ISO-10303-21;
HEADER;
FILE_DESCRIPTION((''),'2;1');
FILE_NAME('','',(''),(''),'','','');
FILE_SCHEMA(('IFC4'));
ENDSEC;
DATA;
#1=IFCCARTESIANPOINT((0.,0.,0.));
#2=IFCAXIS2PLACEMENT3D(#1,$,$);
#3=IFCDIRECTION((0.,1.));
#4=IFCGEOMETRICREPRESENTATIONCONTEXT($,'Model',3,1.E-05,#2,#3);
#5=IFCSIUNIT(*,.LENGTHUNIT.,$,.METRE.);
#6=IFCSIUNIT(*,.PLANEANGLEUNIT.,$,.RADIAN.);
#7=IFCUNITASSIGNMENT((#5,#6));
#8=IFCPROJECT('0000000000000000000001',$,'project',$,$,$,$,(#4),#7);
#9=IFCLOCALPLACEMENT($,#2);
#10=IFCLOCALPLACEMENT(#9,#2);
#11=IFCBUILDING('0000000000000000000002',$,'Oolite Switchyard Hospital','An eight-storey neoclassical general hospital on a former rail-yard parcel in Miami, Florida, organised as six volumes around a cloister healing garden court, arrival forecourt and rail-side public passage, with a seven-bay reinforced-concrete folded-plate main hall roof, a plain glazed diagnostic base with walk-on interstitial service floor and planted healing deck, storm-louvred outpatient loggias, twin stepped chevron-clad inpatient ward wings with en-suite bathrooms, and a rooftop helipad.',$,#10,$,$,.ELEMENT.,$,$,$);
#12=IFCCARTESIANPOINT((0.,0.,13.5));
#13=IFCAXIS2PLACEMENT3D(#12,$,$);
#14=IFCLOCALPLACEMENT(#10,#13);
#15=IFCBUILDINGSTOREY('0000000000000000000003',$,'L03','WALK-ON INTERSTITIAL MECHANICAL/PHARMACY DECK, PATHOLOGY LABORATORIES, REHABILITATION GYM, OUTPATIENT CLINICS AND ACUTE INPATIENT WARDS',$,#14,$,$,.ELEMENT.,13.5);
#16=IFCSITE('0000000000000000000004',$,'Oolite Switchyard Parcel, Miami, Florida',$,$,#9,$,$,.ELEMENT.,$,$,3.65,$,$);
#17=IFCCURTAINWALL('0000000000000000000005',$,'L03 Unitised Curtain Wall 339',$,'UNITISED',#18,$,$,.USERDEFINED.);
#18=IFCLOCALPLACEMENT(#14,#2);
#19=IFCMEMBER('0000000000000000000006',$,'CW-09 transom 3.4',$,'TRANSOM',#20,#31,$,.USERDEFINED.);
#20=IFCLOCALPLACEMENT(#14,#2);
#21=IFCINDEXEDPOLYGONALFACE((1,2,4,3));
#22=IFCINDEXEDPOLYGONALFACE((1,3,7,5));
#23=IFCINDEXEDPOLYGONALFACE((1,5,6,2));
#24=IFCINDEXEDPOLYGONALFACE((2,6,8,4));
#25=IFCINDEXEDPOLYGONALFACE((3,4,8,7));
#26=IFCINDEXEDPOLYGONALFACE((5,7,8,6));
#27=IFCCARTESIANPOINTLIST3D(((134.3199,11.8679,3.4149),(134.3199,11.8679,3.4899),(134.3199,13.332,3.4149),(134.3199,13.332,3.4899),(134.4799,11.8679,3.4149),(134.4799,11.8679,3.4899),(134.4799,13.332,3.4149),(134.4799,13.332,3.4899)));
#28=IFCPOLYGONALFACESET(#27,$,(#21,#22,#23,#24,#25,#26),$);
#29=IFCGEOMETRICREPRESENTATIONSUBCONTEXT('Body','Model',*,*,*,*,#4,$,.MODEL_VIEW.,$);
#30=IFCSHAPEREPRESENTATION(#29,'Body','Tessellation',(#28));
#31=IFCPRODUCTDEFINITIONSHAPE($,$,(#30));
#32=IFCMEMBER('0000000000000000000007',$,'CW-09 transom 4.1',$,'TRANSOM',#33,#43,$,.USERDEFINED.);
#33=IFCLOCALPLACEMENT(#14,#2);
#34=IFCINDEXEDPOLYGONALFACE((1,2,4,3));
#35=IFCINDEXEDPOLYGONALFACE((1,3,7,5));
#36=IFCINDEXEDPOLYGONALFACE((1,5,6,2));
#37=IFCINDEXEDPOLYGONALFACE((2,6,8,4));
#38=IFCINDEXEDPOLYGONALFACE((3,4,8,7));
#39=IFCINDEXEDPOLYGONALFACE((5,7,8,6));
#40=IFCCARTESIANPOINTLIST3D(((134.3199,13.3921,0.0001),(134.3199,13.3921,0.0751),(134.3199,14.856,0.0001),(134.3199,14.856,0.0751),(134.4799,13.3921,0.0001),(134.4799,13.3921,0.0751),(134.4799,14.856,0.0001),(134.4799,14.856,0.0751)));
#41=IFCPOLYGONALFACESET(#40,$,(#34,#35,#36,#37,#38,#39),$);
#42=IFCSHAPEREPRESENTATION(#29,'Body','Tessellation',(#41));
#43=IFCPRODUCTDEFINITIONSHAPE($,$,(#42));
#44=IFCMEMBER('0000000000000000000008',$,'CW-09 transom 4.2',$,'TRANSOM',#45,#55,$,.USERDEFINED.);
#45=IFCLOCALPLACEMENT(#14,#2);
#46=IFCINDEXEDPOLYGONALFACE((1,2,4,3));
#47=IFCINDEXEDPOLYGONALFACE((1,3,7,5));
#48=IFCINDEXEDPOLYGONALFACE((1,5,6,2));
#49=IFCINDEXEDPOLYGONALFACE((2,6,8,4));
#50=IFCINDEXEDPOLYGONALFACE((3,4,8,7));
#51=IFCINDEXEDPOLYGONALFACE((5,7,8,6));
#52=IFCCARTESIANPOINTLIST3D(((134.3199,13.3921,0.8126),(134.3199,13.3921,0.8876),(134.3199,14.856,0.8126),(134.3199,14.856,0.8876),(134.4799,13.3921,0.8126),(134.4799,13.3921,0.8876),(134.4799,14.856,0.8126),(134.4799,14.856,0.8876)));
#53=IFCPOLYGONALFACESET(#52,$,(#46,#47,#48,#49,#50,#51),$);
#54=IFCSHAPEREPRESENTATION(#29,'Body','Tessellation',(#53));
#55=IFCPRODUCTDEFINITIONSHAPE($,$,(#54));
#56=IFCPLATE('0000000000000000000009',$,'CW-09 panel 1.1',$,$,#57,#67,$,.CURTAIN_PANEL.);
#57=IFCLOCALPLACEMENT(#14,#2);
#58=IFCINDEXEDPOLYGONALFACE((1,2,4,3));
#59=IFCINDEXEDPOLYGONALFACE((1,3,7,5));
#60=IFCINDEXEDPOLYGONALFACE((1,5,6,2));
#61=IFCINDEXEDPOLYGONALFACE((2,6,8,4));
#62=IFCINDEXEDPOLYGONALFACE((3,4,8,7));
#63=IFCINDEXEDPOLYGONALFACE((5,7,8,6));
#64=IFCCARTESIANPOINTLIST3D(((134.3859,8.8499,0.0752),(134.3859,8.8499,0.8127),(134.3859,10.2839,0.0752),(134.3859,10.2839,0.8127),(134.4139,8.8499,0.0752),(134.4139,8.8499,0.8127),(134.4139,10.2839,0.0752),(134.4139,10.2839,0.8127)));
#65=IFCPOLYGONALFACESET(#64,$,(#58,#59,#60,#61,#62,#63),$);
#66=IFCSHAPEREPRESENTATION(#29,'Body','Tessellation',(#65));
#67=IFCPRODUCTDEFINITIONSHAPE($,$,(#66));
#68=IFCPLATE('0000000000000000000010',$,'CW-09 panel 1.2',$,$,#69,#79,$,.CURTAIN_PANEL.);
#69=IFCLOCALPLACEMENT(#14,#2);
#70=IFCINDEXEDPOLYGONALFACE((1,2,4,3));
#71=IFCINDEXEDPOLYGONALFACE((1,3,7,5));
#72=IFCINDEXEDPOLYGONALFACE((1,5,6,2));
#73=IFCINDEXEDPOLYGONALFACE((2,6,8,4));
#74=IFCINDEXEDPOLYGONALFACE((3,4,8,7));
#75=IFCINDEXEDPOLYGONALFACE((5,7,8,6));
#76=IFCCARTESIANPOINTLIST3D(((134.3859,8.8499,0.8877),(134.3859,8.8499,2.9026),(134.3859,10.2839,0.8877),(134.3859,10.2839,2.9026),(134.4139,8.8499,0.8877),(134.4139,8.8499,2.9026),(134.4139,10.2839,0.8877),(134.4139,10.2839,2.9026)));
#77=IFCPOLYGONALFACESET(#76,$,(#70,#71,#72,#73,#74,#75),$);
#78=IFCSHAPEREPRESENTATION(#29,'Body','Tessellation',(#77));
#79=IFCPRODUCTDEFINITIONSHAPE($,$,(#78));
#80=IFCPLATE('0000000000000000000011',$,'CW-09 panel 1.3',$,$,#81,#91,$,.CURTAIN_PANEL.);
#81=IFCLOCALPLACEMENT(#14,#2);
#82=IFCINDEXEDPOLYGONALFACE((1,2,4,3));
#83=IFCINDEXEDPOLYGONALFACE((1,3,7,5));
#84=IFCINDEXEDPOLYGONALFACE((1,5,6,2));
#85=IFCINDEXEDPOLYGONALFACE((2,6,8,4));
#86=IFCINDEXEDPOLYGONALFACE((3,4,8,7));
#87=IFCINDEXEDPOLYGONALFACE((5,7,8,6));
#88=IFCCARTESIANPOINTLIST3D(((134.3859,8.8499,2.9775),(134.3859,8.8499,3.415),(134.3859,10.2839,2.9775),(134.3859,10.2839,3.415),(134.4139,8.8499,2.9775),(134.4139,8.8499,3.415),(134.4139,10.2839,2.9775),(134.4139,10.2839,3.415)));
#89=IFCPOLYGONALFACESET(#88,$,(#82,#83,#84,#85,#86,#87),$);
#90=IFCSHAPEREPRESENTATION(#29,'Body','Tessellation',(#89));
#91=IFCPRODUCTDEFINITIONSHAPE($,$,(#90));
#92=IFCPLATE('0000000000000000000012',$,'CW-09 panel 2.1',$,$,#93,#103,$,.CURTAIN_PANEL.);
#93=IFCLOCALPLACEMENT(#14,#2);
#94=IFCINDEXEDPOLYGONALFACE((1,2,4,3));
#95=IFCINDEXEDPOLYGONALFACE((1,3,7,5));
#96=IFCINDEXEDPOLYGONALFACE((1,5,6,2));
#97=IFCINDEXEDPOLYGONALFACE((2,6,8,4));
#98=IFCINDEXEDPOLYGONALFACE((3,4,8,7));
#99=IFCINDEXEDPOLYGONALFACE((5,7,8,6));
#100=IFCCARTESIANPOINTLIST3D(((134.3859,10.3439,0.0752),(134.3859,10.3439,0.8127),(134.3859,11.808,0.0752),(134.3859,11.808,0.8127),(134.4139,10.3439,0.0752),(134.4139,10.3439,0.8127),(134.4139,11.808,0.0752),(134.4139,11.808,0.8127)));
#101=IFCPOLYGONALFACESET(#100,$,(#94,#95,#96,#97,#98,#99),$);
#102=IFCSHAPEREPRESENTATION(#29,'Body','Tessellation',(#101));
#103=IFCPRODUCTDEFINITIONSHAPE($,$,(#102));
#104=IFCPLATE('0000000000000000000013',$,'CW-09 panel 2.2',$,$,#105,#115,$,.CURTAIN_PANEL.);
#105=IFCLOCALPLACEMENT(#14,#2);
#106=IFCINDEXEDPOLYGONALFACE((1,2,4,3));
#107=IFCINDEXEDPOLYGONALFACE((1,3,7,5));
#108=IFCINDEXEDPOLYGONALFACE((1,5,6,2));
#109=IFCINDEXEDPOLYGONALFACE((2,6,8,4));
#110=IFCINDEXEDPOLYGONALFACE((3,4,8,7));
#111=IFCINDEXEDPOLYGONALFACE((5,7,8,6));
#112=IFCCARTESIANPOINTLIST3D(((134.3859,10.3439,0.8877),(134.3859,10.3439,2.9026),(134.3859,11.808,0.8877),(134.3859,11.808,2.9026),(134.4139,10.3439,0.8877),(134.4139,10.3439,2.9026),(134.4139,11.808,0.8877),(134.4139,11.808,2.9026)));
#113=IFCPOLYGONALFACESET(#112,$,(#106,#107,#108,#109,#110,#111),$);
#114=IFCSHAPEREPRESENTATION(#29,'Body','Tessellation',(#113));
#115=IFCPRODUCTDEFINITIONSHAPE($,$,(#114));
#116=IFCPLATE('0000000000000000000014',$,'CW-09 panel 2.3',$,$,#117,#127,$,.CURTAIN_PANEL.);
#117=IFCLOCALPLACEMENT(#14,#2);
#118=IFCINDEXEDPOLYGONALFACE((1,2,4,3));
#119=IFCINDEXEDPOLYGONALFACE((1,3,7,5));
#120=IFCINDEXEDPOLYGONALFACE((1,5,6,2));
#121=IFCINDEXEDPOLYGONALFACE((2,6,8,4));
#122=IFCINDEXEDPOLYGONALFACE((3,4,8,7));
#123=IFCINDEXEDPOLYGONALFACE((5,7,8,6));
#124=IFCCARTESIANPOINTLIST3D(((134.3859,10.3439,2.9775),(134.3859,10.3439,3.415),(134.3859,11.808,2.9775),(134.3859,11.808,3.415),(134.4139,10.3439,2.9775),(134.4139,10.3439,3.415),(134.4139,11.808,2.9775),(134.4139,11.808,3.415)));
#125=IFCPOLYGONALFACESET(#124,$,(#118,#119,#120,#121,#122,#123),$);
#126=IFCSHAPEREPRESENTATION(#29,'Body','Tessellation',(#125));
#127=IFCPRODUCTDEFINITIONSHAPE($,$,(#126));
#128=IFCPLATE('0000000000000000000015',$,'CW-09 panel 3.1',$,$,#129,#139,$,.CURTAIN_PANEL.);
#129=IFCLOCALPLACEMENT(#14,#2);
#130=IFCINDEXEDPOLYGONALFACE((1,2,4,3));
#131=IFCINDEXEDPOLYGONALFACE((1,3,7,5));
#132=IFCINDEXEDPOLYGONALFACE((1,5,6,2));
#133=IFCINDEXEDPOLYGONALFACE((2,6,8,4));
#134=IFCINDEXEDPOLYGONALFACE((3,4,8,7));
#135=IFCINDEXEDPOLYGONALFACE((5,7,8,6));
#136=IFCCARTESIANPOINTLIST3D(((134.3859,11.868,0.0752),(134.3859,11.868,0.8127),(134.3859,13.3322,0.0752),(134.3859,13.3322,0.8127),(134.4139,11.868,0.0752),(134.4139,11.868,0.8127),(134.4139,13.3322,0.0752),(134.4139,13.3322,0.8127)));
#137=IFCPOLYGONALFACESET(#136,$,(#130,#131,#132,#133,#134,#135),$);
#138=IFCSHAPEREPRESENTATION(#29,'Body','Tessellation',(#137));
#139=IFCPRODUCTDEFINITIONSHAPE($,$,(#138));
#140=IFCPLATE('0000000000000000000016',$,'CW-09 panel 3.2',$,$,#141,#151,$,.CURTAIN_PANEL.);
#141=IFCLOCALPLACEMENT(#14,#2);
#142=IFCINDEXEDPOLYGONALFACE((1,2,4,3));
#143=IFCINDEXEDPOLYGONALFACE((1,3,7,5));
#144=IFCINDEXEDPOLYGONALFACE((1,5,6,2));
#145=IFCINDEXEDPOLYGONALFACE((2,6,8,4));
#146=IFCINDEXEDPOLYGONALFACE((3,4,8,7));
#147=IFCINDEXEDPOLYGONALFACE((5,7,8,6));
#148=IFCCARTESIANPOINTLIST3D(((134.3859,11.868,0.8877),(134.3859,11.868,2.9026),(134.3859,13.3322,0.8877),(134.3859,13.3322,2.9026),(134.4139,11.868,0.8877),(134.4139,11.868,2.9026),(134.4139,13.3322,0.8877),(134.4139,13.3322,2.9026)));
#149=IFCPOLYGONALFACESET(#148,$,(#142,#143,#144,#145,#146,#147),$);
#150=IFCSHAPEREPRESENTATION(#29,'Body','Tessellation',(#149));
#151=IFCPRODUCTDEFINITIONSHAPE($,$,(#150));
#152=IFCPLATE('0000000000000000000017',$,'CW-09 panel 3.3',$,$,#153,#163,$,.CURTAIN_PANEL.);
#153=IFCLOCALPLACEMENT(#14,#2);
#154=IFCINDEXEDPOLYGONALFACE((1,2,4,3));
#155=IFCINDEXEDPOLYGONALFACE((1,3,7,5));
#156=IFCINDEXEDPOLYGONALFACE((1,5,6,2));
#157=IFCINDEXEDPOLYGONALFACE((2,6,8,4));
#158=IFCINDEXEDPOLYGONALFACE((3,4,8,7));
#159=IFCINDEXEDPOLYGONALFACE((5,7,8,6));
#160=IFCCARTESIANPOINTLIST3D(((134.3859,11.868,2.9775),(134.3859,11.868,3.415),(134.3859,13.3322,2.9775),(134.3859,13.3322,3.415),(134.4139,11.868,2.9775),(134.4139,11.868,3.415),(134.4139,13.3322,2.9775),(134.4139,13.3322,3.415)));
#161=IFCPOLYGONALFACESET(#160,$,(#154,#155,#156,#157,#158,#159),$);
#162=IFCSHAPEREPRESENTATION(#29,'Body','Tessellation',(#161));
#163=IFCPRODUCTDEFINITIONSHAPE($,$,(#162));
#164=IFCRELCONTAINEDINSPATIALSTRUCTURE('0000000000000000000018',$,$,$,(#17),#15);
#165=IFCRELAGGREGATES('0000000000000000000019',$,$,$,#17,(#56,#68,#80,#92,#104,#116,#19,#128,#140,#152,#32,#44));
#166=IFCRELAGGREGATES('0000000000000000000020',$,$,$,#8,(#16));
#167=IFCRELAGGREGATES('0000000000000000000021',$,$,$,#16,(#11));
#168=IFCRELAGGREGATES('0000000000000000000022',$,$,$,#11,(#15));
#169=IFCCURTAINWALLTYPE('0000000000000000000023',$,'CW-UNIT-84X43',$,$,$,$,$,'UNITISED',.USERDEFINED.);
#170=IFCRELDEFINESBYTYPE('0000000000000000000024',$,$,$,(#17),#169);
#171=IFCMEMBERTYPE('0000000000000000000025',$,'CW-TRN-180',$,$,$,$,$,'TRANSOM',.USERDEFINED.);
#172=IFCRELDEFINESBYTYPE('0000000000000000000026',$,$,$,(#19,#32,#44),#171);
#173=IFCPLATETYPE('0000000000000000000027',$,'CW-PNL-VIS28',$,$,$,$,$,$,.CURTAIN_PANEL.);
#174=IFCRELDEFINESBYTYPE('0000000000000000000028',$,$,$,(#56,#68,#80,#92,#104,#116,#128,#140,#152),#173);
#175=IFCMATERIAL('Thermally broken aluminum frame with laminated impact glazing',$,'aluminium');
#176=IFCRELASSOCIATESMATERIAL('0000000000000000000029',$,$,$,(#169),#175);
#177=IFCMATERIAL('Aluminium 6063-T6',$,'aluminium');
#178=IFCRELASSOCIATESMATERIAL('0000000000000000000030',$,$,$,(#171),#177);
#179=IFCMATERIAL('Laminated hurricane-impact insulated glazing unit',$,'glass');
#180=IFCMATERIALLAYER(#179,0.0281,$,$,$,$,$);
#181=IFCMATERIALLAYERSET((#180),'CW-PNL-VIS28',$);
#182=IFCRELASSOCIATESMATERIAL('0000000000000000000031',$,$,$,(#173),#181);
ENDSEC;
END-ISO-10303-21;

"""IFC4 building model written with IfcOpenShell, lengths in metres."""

from ifc_helpers import new_model, si_unit, direction, frame, origin, origin_2d, place, context, subcontext, project, spatial, rectangle, extrude, material, layer, layer_set, material_profile, profile_set, type_object, element, aggregate, save


model = new_model("IFC4")

# Units and contexts
model_context = context("Model", 3, precision=1e-05, world=origin(), true_north=direction((0.0, 1.0)))
body_context = subcontext(model_context, "Body", "Model", "MODEL_VIEW")
ifc_project = project(units=[si_unit("LENGTHUNIT", "METRE"), si_unit("PLANEANGLEUNIT", "RADIAN")], contexts=[model_context])

# Site, building, storey
site_placement = place(None, origin())
site = spatial("IfcSite", under=ifc_project, at=site_placement, Name="Oolite Switchyard Parcel, Miami, Florida", CompositionType="ELEMENT", RefElevation=3.65)
building_placement = place(site_placement, origin())
building = spatial("IfcBuilding", under=site, at=building_placement, Name="Oolite Switchyard Hospital", Description="An eight-storey neoclassical general hospital on a former rail-yard parcel in Miami, Florida, organised as six volumes around a cloister healing garden court, arrival forecourt and rail-side public passage, with a seven-bay reinforced-concrete folded-plate main hall roof, a plain glazed diagnostic base with walk-on interstitial service floor and planted healing deck, storm-louvred outpatient loggias, twin stepped chevron-clad inpatient ward wings with en-suite bathrooms, and a rooftop helipad.", CompositionType="ELEMENT")
storey_placement = place(building_placement, frame((0.0, 0.0, 13.5)))
storey = spatial("IfcBuildingStorey", under=building, at=storey_placement, Name="L03", Description="WALK-ON INTERSTITIAL MECHANICAL/PHARMACY DECK, PATHOLOGY LABORATORIES, REHABILITATION GYM, OUTPATIENT CLINICS AND ACUTE INPATIENT WARDS", CompositionType="ELEMENT", Elevation=13.5)

# Curtain wall, members, plates
ifc_material_1 = material(Name="Thermally broken aluminum frame with laminated impact glazing", Category="aluminium")
curtain_wall_type = type_object("IfcCurtainWallType", Name="CW-UNIT-84X43", ElementType="UNITISED", PredefinedType="USERDEFINED", material=ifc_material_1)
curtain_wall_placement = place(storey_placement, origin())
curtain_wall = element("IfcCurtainWall", 1, at=curtain_wall_placement, inside=storey, type_object=curtain_wall_type, Name="L03 Unitised Curtain Wall 339", ObjectType="UNITISED", PredefinedType="USERDEFINED")
ifc_material_2 = material(Name="Aluminium 6063-T6", Category="aluminium")
ifc_material_profile_1 = material_profile(ifc_material_2, rectangle(XDim=0.1599, YDim=0.075, at=origin_2d()), Name="CWT75X160")
ifc_profile_set_1 = profile_set([ifc_material_profile_1], Name="Aluminium 6063-T6")
member_type_1 = type_object("IfcMemberType", Name="CW-TRN-180", ElementType="TRANSOM", PredefinedType="USERDEFINED", material=ifc_profile_set_1)
member_1_placement = place(storey_placement, frame((134.3999, 11.8679, 3.4524), z_axis=(0.0, 1.0, 0.0), x_axis=(-1.0, 0.0, 0.0)))
member_1 = element("IfcMember", 2, at=member_1_placement, type_object=member_type_1, Name="CW-09 transom 3.4", ObjectType="TRANSOM", PredefinedType="USERDEFINED", context=body_context, shape_type="SweptSolid", body=[
    extrude(rectangle(XDim=0.1599, YDim=0.075, at=origin_2d()), origin(), (0.0, 0.0, 1.0), 1.4641),
])
member_2_placement = place(storey_placement, frame((134.3999, 13.3921, 0.0376), z_axis=(0.0, 1.0, 0.0), x_axis=(-1.0, 0.0, 0.0)))
member_2 = element("IfcMember", 3, at=member_2_placement, type_object=member_type_1, Name="CW-09 transom 4.1", ObjectType="TRANSOM", PredefinedType="USERDEFINED", context=body_context, shape_type="SweptSolid", body=[
    extrude(rectangle(XDim=0.1599, YDim=0.075, at=origin_2d()), origin(), (0.0, 0.0, 1.0), 1.4639),
])
member_3_placement = place(storey_placement, frame((134.3999, 13.3921, 0.8501), z_axis=(0.0, 1.0, 0.0), x_axis=(-1.0, 0.0, 0.0)))
member_3 = element("IfcMember", 4, at=member_3_placement, type_object=member_type_1, Name="CW-09 transom 4.2", ObjectType="TRANSOM", PredefinedType="USERDEFINED", context=body_context, shape_type="SweptSolid", body=[
    extrude(rectangle(XDim=0.1599, YDim=0.075, at=origin_2d()), origin(), (0.0, 0.0, 1.0), 1.4639),
])
ifc_material_3 = material(Name="Laminated hurricane-impact insulated glazing unit", Category="glass")
ifc_layer = layer(ifc_material_3, 0.0281)
ifc_layer_set = layer_set([ifc_layer], Name="CW-PNL-VIS28")
plate_type = type_object("IfcPlateType", Name="CW-PNL-VIS28", PredefinedType="CURTAIN_PANEL", material=ifc_layer_set)
plate_1_placement = place(storey_placement, frame((134.3999, 9.5669, 0.0752), z_axis=(0.0, 0.0, 1.0), x_axis=(0.0, 1.0, 0.0)))
plate_1 = element("IfcPlate", 5, at=plate_1_placement, type_object=plate_type, Name="CW-09 panel 1.1", PredefinedType="CURTAIN_PANEL", context=body_context, shape_type="SweptSolid", body=[
    extrude(rectangle(XDim=1.4341, YDim=0.0281, at=origin_2d()), origin(), (0.0, 0.0, 1.0), 0.7375),
])
plate_2_placement = place(storey_placement, frame((134.3999, 9.5669, 0.8877), z_axis=(0.0, 0.0, 1.0), x_axis=(0.0, 1.0, 0.0)))
plate_2 = element("IfcPlate", 6, at=plate_2_placement, type_object=plate_type, Name="CW-09 panel 1.2", PredefinedType="CURTAIN_PANEL", context=body_context, shape_type="SweptSolid", body=[
    extrude(rectangle(XDim=1.4341, YDim=0.0281, at=origin_2d()), origin(), (0.0, 0.0, 1.0), 2.0149),
])
plate_3_placement = place(storey_placement, frame((134.3999, 9.5669, 2.9775), z_axis=(0.0, 0.0, 1.0), x_axis=(0.0, 1.0, 0.0)))
plate_3 = element("IfcPlate", 7, at=plate_3_placement, type_object=plate_type, Name="CW-09 panel 1.3", PredefinedType="CURTAIN_PANEL", context=body_context, shape_type="SweptSolid", body=[
    extrude(rectangle(XDim=1.4341, YDim=0.0281, at=origin_2d()), origin(), (0.0, 0.0, 1.0), 0.4375),
])
plate_4_placement = place(storey_placement, frame((134.3999, 11.0759, 0.0752), z_axis=(0.0, 0.0, 1.0), x_axis=(0.0, 1.0, 0.0)))
plate_4 = element("IfcPlate", 8, at=plate_4_placement, type_object=plate_type, Name="CW-09 panel 2.1", PredefinedType="CURTAIN_PANEL", context=body_context, shape_type="SweptSolid", body=[
    extrude(rectangle(XDim=1.4641, YDim=0.0281, at=origin_2d()), origin(), (0.0, 0.0, 1.0), 0.7375),
])
plate_5_placement = place(storey_placement, frame((134.3999, 11.0759, 0.8877), z_axis=(0.0, 0.0, 1.0), x_axis=(0.0, 1.0, 0.0)))
plate_5 = element("IfcPlate", 9, at=plate_5_placement, type_object=plate_type, Name="CW-09 panel 2.2", PredefinedType="CURTAIN_PANEL", context=body_context, shape_type="SweptSolid", body=[
    extrude(rectangle(XDim=1.4641, YDim=0.0281, at=origin_2d()), origin(), (0.0, 0.0, 1.0), 2.0149),
])
plate_6_placement = place(storey_placement, frame((134.3999, 11.0759, 2.9775), z_axis=(0.0, 0.0, 1.0), x_axis=(0.0, 1.0, 0.0)))
plate_6 = element("IfcPlate", 10, at=plate_6_placement, type_object=plate_type, Name="CW-09 panel 2.3", PredefinedType="CURTAIN_PANEL", context=body_context, shape_type="SweptSolid", body=[
    extrude(rectangle(XDim=1.4641, YDim=0.0281, at=origin_2d()), origin(), (0.0, 0.0, 1.0), 0.4375),
])
plate_7_placement = place(storey_placement, frame((134.3999, 12.6001, 0.0752), z_axis=(0.0, 0.0, 1.0), x_axis=(0.0, 1.0, 0.0)))
plate_7 = element("IfcPlate", 11, at=plate_7_placement, type_object=plate_type, Name="CW-09 panel 3.1", PredefinedType="CURTAIN_PANEL", context=body_context, shape_type="SweptSolid", body=[
    extrude(rectangle(XDim=1.4641, YDim=0.0281, at=origin_2d()), origin(), (0.0, 0.0, 1.0), 0.7375),
])
plate_8_placement = place(storey_placement, frame((134.3999, 12.6001, 0.8877), z_axis=(0.0, 0.0, 1.0), x_axis=(0.0, 1.0, 0.0)))
plate_8 = element("IfcPlate", 12, at=plate_8_placement, type_object=plate_type, Name="CW-09 panel 3.2", PredefinedType="CURTAIN_PANEL", context=body_context, shape_type="SweptSolid", body=[
    extrude(rectangle(XDim=1.4641, YDim=0.0281, at=origin_2d()), origin(), (0.0, 0.0, 1.0), 2.0149),
])
plate_9_placement = place(storey_placement, frame((134.3999, 12.6001, 2.9775), z_axis=(0.0, 0.0, 1.0), x_axis=(0.0, 1.0, 0.0)))
plate_9 = element("IfcPlate", 13, at=plate_9_placement, type_object=plate_type, Name="CW-09 panel 3.3", PredefinedType="CURTAIN_PANEL", context=body_context, shape_type="SweptSolid", body=[
    extrude(rectangle(XDim=1.4641, YDim=0.0281, at=origin_2d()), origin(), (0.0, 0.0, 1.0), 0.4375),
])
aggregate(curtain_wall, [plate_1, plate_2, plate_3, plate_4, plate_5, plate_6, member_1, plate_7, plate_8, plate_9, member_2, member_3])

save(model, "model.ifc")
